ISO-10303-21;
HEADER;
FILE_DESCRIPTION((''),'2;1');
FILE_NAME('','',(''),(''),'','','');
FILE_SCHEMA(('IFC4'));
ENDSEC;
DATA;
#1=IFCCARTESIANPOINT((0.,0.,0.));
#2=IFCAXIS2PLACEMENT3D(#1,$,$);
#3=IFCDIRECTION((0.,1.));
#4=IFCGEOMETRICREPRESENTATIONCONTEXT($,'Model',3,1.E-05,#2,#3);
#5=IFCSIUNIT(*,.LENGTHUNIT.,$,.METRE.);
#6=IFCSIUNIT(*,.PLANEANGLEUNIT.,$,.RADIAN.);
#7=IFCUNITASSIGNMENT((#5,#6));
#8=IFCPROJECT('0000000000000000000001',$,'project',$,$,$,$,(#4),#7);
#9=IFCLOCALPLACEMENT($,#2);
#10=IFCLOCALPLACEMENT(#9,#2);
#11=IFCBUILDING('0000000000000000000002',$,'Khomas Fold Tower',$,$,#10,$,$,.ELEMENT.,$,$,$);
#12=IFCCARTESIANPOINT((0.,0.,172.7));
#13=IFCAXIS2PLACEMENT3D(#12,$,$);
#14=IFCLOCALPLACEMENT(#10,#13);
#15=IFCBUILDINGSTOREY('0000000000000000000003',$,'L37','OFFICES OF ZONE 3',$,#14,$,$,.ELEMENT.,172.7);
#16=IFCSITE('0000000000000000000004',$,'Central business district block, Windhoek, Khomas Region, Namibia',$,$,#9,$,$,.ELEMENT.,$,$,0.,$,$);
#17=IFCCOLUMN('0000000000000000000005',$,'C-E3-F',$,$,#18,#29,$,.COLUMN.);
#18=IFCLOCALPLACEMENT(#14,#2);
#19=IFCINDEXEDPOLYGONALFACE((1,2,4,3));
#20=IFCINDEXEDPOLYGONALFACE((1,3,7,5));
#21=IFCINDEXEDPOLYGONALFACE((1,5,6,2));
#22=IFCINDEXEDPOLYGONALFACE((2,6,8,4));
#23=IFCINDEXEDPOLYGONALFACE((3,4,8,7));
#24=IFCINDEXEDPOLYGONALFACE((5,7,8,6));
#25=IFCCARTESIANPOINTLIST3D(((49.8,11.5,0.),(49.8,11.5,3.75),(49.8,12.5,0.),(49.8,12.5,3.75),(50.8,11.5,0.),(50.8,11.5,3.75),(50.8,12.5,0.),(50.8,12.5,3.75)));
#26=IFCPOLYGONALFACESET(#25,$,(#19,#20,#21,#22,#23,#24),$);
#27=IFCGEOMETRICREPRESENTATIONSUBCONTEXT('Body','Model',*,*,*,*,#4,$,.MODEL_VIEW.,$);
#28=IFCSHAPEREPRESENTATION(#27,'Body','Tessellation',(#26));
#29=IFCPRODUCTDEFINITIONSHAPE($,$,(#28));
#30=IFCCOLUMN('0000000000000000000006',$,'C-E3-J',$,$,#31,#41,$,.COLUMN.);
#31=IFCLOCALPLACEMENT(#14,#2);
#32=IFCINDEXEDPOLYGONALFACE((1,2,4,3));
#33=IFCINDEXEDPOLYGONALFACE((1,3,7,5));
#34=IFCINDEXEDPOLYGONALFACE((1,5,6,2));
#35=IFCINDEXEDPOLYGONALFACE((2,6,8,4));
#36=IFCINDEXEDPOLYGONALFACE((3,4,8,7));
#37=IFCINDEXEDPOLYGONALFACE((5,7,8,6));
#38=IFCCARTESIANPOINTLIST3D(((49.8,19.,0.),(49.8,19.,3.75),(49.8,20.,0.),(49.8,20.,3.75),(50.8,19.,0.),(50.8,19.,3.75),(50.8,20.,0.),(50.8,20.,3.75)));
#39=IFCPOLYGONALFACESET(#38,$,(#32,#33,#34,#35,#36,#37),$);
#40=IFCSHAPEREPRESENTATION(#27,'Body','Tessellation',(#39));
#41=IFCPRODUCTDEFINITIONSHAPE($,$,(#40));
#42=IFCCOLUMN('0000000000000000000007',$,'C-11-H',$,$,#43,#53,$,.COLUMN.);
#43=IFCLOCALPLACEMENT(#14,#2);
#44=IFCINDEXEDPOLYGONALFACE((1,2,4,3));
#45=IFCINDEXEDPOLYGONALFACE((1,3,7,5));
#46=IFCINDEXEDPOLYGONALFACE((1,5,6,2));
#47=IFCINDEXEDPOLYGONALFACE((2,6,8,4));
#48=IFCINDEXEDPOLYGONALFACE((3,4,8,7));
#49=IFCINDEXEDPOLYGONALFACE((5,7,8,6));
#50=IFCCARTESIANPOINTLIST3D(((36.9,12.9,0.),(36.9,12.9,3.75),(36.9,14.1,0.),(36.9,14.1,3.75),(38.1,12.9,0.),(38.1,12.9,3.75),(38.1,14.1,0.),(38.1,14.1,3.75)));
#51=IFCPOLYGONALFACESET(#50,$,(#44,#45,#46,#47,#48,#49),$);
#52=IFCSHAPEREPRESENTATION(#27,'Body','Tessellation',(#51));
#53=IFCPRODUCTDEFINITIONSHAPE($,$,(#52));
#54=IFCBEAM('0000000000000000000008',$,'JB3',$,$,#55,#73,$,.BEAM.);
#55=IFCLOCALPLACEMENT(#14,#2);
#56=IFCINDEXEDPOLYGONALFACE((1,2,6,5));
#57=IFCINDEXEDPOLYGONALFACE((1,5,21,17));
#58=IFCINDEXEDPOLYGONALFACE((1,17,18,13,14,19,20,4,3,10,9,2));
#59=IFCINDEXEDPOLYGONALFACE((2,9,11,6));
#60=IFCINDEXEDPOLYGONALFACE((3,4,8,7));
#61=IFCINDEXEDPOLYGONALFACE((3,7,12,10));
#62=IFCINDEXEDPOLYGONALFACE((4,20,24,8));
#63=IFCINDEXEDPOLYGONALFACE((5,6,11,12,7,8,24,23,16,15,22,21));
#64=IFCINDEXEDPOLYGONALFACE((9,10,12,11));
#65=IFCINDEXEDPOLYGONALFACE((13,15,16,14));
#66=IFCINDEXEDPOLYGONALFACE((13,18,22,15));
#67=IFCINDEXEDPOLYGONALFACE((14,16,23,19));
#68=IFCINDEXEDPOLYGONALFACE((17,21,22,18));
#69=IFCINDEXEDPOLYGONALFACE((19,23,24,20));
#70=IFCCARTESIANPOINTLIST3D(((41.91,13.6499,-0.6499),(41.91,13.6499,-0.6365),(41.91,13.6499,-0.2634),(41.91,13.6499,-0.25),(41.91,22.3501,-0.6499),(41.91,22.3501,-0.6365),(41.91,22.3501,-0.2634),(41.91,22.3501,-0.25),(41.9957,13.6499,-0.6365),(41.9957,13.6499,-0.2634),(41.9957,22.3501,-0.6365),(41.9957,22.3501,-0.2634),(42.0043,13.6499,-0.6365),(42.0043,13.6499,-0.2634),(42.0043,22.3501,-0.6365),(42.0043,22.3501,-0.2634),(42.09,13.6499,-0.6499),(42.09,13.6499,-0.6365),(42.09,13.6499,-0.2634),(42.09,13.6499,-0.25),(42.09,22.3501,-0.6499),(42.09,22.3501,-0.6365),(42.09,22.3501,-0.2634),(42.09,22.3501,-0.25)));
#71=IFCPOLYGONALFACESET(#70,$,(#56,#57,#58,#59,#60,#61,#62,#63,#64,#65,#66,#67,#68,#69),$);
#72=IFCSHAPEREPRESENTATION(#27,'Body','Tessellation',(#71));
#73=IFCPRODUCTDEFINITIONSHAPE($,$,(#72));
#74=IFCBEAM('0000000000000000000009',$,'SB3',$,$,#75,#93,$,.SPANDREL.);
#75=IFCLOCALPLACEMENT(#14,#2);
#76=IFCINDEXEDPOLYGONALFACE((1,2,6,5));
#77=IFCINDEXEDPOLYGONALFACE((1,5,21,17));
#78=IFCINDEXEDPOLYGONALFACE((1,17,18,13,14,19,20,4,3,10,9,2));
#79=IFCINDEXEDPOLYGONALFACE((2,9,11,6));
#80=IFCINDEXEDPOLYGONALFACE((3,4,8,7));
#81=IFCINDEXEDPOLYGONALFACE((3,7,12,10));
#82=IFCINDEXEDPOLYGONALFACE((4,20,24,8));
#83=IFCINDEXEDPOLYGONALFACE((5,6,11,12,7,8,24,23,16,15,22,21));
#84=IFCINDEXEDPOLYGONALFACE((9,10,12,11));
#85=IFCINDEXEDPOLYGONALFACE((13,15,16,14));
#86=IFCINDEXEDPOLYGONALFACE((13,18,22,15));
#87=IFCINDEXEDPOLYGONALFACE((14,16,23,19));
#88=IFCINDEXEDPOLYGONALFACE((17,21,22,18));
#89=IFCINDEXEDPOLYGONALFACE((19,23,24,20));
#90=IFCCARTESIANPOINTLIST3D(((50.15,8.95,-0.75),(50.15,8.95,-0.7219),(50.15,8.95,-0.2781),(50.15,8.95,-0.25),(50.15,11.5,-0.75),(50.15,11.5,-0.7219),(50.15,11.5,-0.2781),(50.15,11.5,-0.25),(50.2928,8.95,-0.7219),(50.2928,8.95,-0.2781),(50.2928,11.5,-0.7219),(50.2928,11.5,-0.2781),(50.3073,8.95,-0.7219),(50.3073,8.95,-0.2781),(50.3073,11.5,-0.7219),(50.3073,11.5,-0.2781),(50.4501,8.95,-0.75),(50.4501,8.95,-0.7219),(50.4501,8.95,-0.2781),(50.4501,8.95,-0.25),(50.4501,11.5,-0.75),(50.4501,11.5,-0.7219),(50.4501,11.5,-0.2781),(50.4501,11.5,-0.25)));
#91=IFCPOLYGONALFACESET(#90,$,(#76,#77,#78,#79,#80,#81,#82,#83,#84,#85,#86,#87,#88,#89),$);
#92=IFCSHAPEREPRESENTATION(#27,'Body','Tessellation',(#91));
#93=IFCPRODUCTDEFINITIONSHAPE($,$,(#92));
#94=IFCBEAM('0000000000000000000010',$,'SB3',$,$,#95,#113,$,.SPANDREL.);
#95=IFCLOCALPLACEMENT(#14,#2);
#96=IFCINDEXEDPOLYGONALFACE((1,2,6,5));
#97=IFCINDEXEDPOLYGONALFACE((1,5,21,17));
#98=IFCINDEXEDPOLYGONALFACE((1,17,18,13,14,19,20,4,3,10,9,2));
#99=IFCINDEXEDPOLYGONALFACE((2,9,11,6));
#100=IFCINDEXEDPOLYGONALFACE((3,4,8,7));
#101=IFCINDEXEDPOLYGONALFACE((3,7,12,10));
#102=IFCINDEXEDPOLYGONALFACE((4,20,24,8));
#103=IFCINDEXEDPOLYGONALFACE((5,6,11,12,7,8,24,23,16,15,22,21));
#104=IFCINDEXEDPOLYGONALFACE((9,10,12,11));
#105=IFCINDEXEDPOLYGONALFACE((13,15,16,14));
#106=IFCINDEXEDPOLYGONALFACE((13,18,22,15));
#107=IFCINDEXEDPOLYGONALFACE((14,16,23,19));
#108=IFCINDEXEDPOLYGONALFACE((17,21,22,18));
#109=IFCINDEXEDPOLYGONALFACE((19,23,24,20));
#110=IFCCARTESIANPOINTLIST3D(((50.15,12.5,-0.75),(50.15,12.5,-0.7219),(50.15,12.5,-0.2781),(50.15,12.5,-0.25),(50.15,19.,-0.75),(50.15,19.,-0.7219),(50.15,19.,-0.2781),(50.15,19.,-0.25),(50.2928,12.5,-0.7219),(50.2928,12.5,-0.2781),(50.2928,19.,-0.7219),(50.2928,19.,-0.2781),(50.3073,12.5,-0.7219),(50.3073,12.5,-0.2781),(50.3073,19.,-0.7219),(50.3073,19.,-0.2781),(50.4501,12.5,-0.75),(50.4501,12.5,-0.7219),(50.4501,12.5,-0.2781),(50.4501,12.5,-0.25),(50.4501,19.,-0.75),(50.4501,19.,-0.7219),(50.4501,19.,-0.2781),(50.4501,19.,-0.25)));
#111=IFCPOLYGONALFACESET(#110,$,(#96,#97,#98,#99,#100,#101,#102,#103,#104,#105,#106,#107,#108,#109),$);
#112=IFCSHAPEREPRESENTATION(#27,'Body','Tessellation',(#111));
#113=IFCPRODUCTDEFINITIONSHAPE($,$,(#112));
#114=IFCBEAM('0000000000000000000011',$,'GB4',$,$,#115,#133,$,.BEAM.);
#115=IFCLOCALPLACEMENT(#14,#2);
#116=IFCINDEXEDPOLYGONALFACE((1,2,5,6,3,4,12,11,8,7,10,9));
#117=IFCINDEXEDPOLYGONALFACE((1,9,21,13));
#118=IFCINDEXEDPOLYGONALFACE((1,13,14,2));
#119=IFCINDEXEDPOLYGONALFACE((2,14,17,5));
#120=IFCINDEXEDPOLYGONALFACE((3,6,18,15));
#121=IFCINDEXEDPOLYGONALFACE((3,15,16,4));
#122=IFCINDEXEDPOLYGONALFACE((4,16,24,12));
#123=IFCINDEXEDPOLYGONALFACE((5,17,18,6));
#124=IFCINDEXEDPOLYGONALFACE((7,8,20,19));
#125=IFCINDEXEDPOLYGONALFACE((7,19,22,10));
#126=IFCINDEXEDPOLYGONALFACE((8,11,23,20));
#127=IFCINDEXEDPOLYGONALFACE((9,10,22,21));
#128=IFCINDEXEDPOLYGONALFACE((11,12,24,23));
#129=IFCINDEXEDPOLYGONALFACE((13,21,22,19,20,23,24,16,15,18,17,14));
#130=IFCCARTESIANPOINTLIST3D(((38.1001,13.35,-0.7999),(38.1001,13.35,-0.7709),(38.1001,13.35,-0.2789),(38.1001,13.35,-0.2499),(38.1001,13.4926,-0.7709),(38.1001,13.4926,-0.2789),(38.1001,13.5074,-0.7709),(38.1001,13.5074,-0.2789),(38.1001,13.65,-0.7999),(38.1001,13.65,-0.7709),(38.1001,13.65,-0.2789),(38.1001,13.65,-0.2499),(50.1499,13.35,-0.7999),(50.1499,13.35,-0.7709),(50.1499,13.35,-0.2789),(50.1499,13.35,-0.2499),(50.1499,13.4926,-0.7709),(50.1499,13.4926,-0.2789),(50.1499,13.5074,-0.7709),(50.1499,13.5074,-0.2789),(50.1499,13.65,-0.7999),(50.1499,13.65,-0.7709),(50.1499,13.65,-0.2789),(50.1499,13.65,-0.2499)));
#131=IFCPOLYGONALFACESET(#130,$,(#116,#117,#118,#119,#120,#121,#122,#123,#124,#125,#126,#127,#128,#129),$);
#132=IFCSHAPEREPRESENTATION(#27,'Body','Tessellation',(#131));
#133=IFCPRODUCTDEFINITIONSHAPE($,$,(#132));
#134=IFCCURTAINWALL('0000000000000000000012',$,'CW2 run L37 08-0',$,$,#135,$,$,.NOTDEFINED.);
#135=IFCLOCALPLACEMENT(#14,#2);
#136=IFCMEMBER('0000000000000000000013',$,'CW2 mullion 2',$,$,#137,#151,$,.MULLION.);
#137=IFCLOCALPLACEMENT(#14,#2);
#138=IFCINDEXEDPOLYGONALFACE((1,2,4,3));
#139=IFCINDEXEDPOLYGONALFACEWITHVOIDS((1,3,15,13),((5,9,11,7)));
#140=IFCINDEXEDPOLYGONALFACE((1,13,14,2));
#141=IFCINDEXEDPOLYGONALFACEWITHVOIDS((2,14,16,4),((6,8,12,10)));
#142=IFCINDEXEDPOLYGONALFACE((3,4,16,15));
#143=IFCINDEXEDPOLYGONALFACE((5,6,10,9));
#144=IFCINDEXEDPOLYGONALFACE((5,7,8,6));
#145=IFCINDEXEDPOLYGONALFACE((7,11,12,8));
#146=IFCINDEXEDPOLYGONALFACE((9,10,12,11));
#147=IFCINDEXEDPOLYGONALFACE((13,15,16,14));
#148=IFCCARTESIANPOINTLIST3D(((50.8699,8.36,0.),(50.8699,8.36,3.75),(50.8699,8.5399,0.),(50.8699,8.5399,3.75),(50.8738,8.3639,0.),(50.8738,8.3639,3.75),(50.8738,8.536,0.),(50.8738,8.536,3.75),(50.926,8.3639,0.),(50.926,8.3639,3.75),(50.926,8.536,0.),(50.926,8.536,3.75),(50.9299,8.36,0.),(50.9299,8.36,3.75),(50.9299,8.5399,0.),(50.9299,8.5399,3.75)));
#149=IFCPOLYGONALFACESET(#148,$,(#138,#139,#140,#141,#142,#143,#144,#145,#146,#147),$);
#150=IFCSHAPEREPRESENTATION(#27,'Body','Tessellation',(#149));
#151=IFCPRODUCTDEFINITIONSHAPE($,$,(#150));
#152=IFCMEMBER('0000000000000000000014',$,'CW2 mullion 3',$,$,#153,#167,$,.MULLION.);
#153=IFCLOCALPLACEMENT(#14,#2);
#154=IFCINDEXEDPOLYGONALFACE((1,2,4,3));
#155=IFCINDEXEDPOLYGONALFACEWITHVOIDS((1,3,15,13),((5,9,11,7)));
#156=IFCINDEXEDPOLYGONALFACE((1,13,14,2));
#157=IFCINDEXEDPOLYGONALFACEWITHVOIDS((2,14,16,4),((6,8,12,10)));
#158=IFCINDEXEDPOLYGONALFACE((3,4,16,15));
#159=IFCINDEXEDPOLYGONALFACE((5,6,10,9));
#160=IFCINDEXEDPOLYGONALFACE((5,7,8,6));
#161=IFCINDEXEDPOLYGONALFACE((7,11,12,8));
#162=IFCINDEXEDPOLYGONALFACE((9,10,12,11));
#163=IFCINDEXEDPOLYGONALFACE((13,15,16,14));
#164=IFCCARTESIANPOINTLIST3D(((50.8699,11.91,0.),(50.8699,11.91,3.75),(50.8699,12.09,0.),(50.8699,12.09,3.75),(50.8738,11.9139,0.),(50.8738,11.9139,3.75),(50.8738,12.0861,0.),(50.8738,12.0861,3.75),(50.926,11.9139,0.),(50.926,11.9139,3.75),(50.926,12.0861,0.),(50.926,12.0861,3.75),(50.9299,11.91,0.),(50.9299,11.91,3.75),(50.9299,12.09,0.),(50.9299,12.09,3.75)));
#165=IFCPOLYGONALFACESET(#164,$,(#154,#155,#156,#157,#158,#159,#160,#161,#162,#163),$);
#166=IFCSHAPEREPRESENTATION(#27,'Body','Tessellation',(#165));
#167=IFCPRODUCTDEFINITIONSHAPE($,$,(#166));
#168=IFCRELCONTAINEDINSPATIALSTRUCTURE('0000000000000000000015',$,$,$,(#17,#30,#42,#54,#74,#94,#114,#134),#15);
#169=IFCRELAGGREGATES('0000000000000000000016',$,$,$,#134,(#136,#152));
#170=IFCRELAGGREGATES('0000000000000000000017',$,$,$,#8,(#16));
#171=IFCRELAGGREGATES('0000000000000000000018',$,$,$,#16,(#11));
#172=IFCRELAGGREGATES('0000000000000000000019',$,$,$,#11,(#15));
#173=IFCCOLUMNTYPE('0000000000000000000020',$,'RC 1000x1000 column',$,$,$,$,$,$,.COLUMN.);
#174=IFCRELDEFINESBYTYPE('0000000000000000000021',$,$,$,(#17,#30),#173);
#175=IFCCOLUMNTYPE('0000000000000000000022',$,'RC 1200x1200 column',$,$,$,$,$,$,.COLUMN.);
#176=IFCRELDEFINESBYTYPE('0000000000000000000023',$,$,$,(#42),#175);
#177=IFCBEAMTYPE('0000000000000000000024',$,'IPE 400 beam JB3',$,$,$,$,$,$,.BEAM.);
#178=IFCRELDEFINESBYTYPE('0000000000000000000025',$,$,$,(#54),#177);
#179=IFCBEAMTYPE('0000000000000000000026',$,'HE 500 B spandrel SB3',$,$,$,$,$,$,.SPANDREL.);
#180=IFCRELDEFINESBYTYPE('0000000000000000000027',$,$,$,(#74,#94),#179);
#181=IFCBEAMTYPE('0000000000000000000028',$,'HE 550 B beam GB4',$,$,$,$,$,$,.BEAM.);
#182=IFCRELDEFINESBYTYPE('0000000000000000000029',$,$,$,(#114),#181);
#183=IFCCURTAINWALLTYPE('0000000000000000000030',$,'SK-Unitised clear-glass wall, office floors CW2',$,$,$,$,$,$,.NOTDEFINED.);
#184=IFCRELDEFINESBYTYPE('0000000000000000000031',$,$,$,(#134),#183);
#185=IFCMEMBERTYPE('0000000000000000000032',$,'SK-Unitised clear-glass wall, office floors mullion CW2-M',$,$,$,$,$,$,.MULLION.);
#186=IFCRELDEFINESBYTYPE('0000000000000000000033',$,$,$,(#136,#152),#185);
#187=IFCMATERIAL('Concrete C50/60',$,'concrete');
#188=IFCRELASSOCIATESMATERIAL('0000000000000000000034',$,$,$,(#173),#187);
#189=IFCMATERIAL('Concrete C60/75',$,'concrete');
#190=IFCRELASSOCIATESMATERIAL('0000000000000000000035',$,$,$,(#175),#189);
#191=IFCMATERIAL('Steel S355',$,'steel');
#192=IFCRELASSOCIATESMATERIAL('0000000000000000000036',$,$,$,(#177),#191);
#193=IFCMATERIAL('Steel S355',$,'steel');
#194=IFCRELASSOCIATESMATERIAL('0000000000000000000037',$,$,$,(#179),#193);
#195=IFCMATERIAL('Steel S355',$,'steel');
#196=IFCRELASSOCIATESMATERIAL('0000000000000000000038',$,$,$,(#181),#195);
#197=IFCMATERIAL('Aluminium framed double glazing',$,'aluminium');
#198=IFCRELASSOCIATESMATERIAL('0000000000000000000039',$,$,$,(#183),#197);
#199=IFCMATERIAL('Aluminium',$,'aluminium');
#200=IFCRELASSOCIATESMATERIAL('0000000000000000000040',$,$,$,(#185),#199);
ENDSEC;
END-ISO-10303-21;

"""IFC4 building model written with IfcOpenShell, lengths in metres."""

from ifc_helpers import new_model, si_unit, direction, frame, origin, origin_2d, place, context, subcontext, project, spatial, rectangle, hollow_rectangle, i_section, extrude, source, transform, mapped, material, material_profile, profile_set, type_object, element, aggregate, save


model = new_model("IFC4")

# Units and contexts
model_context = context("Model", 3, precision=1e-05, world=origin(), true_north=direction((0.0, 1.0)))
body_context = subcontext(model_context, "Body", "Model", "MODEL_VIEW")
ifc_project = project(units=[si_unit("LENGTHUNIT", "METRE"), si_unit("PLANEANGLEUNIT", "RADIAN")], contexts=[model_context])

# Site, building, storey
site_placement = place(None, origin())
site = spatial("IfcSite", under=ifc_project, at=site_placement, Name="Central business district block, Windhoek, Khomas Region, Namibia", CompositionType="ELEMENT", RefElevation=0.0)
building_placement = place(site_placement, origin())
building = spatial("IfcBuilding", under=site, at=building_placement, Name="Khomas Fold Tower", CompositionType="ELEMENT")
storey_placement = place(building_placement, frame((0.0, 0.0, 172.7)))
storey = spatial("IfcBuildingStorey", under=building, at=storey_placement, Name="L37", Description="OFFICES OF ZONE 3", CompositionType="ELEMENT", Elevation=172.7)

# Columns
ifc_material_1 = material(Name="Concrete C50/60", Category="concrete")
ifc_material_profile_1 = material_profile(ifc_material_1, rectangle(XDim=1.0, YDim=1.0, at=origin_2d()), Name="RC 1000x1000")
ifc_profile_set_1 = profile_set([ifc_material_profile_1], Name="Concrete C50/60")
column_type_1 = type_object("IfcColumnType", Name="RC 1000x1000 column", PredefinedType="COLUMN", material=ifc_profile_set_1)
shared_shape_1 = source(origin(), body_context, "Body", "SweptSolid", [
    extrude(rectangle(XDim=1.0, YDim=1.0, at=origin_2d()), origin(), (0.0, 0.0, 1.0), 3.75),
])
for number, where, z_axis, x_axis, name in (
    (1, (50.3, 12.0, 0.0), (0.0, 0.0, 1.0), (1.0, 0.0, 0.0), "C-E3-F"),
    (2, (50.3, 19.5, 0.0), (0.0, 0.0, 1.0), (1.0, 0.0, 0.0), "C-E3-J"),
):
    element("IfcColumn", number, at=place(storey_placement, frame(where, z_axis=z_axis, x_axis=x_axis)), inside=storey, type_object=column_type_1, Name=name, PredefinedType="COLUMN", context=body_context, shape_type="MappedRepresentation", body=[
        mapped(shared_shape_1, transform((0.0, 0.0, 0.0))),
    ])
ifc_material_2 = material(Name="Concrete C60/75", Category="concrete")
ifc_material_profile_2 = material_profile(ifc_material_2, rectangle(XDim=1.2, YDim=1.2, at=origin_2d()), Name="RC 1200x1200")
ifc_profile_set_2 = profile_set([ifc_material_profile_2], Name="Concrete C60/75")
column_type_2 = type_object("IfcColumnType", Name="RC 1200x1200 column", PredefinedType="COLUMN", material=ifc_profile_set_2)
shared_shape_2 = source(origin(), body_context, "Body", "SweptSolid", [
    extrude(rectangle(XDim=1.2, YDim=1.2, at=origin_2d()), origin(), (0.0, 0.0, 1.0), 3.75),
])
column_placement = place(storey_placement, frame((37.5, 13.5, 0.0), z_axis=(0.0, 0.0, 1.0), x_axis=(1.0, 0.0, 0.0)))
element("IfcColumn", 3, at=column_placement, inside=storey, type_object=column_type_2, Name="C-11-H", PredefinedType="COLUMN", context=body_context, shape_type="MappedRepresentation", body=[
    mapped(shared_shape_2, transform((0.0, 0.0, 0.0))),
])

# Beams
ifc_material_3 = material(Name="Steel S355", Category="steel")
ifc_material_profile_3 = material_profile(ifc_material_3, i_section(OverallWidth=0.1799, OverallDepth=0.3999, WebThickness=0.0085, FlangeThickness=0.0134, at=origin_2d()), Name="IPE 400")
ifc_profile_set_3 = profile_set([ifc_material_profile_3], Name="Steel S355")
beam_type_1 = type_object("IfcBeamType", Name="IPE 400 beam JB3", PredefinedType="BEAM", material=ifc_profile_set_3)
shared_shape_3 = source(origin(), body_context, "Body", "SweptSolid", [
    extrude(i_section(OverallWidth=0.1799, OverallDepth=0.3999, WebThickness=0.0085, FlangeThickness=0.0134, at=origin_2d()), origin(), (0.0, 0.0, 1.0), 8.7002),
])
beam_1_placement = place(storey_placement, frame((42.0, 13.6499, -0.45), z_axis=(0.0, 1.0, 0.0), x_axis=(-1.0, 0.0, 0.0)))
element("IfcBeam", 4, at=beam_1_placement, inside=storey, type_object=beam_type_1, Name="JB3", PredefinedType="BEAM", context=body_context, shape_type="MappedRepresentation", body=[
    mapped(shared_shape_3, transform((0.0, 0.0, 0.0))),
])
ifc_material_4 = material(Name="Steel S355", Category="steel")
ifc_material_profile_4 = material_profile(ifc_material_4, i_section(OverallWidth=0.3, OverallDepth=0.5, WebThickness=0.0144, FlangeThickness=0.0281, at=origin_2d()), Name="HE 500 B")
ifc_profile_set_4 = profile_set([ifc_material_profile_4], Name="Steel S355")
beam_type_2 = type_object("IfcBeamType", Name="HE 500 B spandrel SB3", PredefinedType="SPANDREL", material=ifc_profile_set_4)
shared_shape_4 = source(origin(), body_context, "Body", "SweptSolid", [
    extrude(i_section(OverallWidth=0.3, OverallDepth=0.5, WebThickness=0.0144, FlangeThickness=0.0281, at=origin_2d()), origin(), (0.0, 0.0, 1.0), 2.55),
])
beam_2_placement = place(storey_placement, frame((50.3, 8.95, -0.5), z_axis=(0.0, 1.0, 0.0), x_axis=(-1.0, 0.0, 0.0)))
element("IfcBeam", 5, at=beam_2_placement, inside=storey, type_object=beam_type_2, Name="SB3", PredefinedType="SPANDREL", context=body_context, shape_type="MappedRepresentation", body=[
    mapped(shared_shape_4, transform((0.0, 0.0, 0.0))),
])
shared_shape_5 = source(origin(), body_context, "Body", "SweptSolid", [
    extrude(i_section(OverallWidth=0.3, OverallDepth=0.5, WebThickness=0.0144, FlangeThickness=0.0281, at=origin_2d()), origin(), (0.0, 0.0, 1.0), 6.5),
])
beam_3_placement = place(storey_placement, frame((50.3, 12.5, -0.5), z_axis=(0.0, 1.0, 0.0), x_axis=(-1.0, 0.0, 0.0)))
element("IfcBeam", 6, at=beam_3_placement, inside=storey, type_object=beam_type_2, Name="SB3", PredefinedType="SPANDREL", context=body_context, shape_type="MappedRepresentation", body=[
    mapped(shared_shape_5, transform((0.0, 0.0, 0.0))),
])
ifc_material_5 = material(Name="Steel S355", Category="steel")
ifc_material_profile_5 = material_profile(ifc_material_5, i_section(OverallWidth=0.3, OverallDepth=0.55, WebThickness=0.0149, FlangeThickness=0.0291, at=origin_2d()), Name="HE 550 B")
ifc_profile_set_5 = profile_set([ifc_material_profile_5], Name="Steel S355")
beam_type_3 = type_object("IfcBeamType", Name="HE 550 B beam GB4", PredefinedType="BEAM", material=ifc_profile_set_5)
shared_shape_6 = source(origin(), body_context, "Body", "SweptSolid", [
    extrude(i_section(OverallWidth=0.3, OverallDepth=0.55, WebThickness=0.0149, FlangeThickness=0.0291, at=origin_2d()), origin(), (0.0, 0.0, 1.0), 12.0498),
])
beam_4_placement = place(storey_placement, frame((38.1001, 13.5, -0.5249), z_axis=(1.0, 0.0, 0.0), x_axis=(0.0, 1.0, 0.0)))
element("IfcBeam", 7, at=beam_4_placement, inside=storey, type_object=beam_type_3, Name="GB4", PredefinedType="BEAM", context=body_context, shape_type="MappedRepresentation", body=[
    mapped(shared_shape_6, transform((0.0, 0.0, 0.0))),
])

# Curtain wall, members
ifc_material_6 = material(Name="Aluminium framed double glazing", Category="aluminium")
curtain_wall_type_1 = type_object("IfcCurtainWallType", Name="SK-Unitised clear-glass wall, office floors CW2", PredefinedType="NOTDEFINED", material=ifc_material_6)
curtain_wall_1_placement = place(storey_placement, origin())
curtain_wall_1 = element("IfcCurtainWall", 8, at=curtain_wall_1_placement, inside=storey, type_object=curtain_wall_type_1, Name="CW2 run L37 08-0", PredefinedType="NOTDEFINED")
ifc_material_7 = material(Name="Aluminium", Category="aluminium")
ifc_material_profile_6 = material_profile(ifc_material_7, hollow_rectangle(XDim=0.0601, YDim=0.1799, WallThickness=0.0039, at=origin_2d()), Name="SK-Unitised clear-glass wall, office floors mullion CW2-M")
ifc_profile_set_6 = profile_set([ifc_material_profile_6], Name="Aluminium")
member_type_1 = type_object("IfcMemberType", Name="SK-Unitised clear-glass wall, office floors mullion CW2-M", PredefinedType="MULLION", material=ifc_profile_set_6)
shared_shape_7 = source(origin(), body_context, "Body", "SweptSolid", [
    extrude(hollow_rectangle(XDim=0.0601, YDim=0.1799, WallThickness=0.0039, at=origin_2d()), origin(), (0.0, 0.0, 1.0), 3.75),
])
member_1_placement = place(storey_placement, frame((50.8999, 8.45, 0.0), z_axis=(0.0, 0.0, 1.0), x_axis=(-1.0, 0.0, 0.0)))
member_1 = element("IfcMember", 9, at=member_1_placement, type_object=member_type_1, Name="CW2 mullion 2", PredefinedType="MULLION", context=body_context, shape_type="MappedRepresentation", body=[
    mapped(shared_shape_7, transform((0.0, 0.0, 0.0))),
])
member_2_placement = place(storey_placement, frame((50.8999, 12.0, 0.0), z_axis=(0.0, 0.0, 1.0), x_axis=(-1.0, 0.0, 0.0)))
member_2 = element("IfcMember", 10, at=member_2_placement, type_object=member_type_1, Name="CW2 mullion 3", PredefinedType="MULLION", context=body_context, shape_type="MappedRepresentation", body=[
    mapped(shared_shape_7, transform((0.0, 0.0, 0.0))),
])

aggregate(curtain_wall_1, [member_1, member_2])

save(model, "model.ifc")
